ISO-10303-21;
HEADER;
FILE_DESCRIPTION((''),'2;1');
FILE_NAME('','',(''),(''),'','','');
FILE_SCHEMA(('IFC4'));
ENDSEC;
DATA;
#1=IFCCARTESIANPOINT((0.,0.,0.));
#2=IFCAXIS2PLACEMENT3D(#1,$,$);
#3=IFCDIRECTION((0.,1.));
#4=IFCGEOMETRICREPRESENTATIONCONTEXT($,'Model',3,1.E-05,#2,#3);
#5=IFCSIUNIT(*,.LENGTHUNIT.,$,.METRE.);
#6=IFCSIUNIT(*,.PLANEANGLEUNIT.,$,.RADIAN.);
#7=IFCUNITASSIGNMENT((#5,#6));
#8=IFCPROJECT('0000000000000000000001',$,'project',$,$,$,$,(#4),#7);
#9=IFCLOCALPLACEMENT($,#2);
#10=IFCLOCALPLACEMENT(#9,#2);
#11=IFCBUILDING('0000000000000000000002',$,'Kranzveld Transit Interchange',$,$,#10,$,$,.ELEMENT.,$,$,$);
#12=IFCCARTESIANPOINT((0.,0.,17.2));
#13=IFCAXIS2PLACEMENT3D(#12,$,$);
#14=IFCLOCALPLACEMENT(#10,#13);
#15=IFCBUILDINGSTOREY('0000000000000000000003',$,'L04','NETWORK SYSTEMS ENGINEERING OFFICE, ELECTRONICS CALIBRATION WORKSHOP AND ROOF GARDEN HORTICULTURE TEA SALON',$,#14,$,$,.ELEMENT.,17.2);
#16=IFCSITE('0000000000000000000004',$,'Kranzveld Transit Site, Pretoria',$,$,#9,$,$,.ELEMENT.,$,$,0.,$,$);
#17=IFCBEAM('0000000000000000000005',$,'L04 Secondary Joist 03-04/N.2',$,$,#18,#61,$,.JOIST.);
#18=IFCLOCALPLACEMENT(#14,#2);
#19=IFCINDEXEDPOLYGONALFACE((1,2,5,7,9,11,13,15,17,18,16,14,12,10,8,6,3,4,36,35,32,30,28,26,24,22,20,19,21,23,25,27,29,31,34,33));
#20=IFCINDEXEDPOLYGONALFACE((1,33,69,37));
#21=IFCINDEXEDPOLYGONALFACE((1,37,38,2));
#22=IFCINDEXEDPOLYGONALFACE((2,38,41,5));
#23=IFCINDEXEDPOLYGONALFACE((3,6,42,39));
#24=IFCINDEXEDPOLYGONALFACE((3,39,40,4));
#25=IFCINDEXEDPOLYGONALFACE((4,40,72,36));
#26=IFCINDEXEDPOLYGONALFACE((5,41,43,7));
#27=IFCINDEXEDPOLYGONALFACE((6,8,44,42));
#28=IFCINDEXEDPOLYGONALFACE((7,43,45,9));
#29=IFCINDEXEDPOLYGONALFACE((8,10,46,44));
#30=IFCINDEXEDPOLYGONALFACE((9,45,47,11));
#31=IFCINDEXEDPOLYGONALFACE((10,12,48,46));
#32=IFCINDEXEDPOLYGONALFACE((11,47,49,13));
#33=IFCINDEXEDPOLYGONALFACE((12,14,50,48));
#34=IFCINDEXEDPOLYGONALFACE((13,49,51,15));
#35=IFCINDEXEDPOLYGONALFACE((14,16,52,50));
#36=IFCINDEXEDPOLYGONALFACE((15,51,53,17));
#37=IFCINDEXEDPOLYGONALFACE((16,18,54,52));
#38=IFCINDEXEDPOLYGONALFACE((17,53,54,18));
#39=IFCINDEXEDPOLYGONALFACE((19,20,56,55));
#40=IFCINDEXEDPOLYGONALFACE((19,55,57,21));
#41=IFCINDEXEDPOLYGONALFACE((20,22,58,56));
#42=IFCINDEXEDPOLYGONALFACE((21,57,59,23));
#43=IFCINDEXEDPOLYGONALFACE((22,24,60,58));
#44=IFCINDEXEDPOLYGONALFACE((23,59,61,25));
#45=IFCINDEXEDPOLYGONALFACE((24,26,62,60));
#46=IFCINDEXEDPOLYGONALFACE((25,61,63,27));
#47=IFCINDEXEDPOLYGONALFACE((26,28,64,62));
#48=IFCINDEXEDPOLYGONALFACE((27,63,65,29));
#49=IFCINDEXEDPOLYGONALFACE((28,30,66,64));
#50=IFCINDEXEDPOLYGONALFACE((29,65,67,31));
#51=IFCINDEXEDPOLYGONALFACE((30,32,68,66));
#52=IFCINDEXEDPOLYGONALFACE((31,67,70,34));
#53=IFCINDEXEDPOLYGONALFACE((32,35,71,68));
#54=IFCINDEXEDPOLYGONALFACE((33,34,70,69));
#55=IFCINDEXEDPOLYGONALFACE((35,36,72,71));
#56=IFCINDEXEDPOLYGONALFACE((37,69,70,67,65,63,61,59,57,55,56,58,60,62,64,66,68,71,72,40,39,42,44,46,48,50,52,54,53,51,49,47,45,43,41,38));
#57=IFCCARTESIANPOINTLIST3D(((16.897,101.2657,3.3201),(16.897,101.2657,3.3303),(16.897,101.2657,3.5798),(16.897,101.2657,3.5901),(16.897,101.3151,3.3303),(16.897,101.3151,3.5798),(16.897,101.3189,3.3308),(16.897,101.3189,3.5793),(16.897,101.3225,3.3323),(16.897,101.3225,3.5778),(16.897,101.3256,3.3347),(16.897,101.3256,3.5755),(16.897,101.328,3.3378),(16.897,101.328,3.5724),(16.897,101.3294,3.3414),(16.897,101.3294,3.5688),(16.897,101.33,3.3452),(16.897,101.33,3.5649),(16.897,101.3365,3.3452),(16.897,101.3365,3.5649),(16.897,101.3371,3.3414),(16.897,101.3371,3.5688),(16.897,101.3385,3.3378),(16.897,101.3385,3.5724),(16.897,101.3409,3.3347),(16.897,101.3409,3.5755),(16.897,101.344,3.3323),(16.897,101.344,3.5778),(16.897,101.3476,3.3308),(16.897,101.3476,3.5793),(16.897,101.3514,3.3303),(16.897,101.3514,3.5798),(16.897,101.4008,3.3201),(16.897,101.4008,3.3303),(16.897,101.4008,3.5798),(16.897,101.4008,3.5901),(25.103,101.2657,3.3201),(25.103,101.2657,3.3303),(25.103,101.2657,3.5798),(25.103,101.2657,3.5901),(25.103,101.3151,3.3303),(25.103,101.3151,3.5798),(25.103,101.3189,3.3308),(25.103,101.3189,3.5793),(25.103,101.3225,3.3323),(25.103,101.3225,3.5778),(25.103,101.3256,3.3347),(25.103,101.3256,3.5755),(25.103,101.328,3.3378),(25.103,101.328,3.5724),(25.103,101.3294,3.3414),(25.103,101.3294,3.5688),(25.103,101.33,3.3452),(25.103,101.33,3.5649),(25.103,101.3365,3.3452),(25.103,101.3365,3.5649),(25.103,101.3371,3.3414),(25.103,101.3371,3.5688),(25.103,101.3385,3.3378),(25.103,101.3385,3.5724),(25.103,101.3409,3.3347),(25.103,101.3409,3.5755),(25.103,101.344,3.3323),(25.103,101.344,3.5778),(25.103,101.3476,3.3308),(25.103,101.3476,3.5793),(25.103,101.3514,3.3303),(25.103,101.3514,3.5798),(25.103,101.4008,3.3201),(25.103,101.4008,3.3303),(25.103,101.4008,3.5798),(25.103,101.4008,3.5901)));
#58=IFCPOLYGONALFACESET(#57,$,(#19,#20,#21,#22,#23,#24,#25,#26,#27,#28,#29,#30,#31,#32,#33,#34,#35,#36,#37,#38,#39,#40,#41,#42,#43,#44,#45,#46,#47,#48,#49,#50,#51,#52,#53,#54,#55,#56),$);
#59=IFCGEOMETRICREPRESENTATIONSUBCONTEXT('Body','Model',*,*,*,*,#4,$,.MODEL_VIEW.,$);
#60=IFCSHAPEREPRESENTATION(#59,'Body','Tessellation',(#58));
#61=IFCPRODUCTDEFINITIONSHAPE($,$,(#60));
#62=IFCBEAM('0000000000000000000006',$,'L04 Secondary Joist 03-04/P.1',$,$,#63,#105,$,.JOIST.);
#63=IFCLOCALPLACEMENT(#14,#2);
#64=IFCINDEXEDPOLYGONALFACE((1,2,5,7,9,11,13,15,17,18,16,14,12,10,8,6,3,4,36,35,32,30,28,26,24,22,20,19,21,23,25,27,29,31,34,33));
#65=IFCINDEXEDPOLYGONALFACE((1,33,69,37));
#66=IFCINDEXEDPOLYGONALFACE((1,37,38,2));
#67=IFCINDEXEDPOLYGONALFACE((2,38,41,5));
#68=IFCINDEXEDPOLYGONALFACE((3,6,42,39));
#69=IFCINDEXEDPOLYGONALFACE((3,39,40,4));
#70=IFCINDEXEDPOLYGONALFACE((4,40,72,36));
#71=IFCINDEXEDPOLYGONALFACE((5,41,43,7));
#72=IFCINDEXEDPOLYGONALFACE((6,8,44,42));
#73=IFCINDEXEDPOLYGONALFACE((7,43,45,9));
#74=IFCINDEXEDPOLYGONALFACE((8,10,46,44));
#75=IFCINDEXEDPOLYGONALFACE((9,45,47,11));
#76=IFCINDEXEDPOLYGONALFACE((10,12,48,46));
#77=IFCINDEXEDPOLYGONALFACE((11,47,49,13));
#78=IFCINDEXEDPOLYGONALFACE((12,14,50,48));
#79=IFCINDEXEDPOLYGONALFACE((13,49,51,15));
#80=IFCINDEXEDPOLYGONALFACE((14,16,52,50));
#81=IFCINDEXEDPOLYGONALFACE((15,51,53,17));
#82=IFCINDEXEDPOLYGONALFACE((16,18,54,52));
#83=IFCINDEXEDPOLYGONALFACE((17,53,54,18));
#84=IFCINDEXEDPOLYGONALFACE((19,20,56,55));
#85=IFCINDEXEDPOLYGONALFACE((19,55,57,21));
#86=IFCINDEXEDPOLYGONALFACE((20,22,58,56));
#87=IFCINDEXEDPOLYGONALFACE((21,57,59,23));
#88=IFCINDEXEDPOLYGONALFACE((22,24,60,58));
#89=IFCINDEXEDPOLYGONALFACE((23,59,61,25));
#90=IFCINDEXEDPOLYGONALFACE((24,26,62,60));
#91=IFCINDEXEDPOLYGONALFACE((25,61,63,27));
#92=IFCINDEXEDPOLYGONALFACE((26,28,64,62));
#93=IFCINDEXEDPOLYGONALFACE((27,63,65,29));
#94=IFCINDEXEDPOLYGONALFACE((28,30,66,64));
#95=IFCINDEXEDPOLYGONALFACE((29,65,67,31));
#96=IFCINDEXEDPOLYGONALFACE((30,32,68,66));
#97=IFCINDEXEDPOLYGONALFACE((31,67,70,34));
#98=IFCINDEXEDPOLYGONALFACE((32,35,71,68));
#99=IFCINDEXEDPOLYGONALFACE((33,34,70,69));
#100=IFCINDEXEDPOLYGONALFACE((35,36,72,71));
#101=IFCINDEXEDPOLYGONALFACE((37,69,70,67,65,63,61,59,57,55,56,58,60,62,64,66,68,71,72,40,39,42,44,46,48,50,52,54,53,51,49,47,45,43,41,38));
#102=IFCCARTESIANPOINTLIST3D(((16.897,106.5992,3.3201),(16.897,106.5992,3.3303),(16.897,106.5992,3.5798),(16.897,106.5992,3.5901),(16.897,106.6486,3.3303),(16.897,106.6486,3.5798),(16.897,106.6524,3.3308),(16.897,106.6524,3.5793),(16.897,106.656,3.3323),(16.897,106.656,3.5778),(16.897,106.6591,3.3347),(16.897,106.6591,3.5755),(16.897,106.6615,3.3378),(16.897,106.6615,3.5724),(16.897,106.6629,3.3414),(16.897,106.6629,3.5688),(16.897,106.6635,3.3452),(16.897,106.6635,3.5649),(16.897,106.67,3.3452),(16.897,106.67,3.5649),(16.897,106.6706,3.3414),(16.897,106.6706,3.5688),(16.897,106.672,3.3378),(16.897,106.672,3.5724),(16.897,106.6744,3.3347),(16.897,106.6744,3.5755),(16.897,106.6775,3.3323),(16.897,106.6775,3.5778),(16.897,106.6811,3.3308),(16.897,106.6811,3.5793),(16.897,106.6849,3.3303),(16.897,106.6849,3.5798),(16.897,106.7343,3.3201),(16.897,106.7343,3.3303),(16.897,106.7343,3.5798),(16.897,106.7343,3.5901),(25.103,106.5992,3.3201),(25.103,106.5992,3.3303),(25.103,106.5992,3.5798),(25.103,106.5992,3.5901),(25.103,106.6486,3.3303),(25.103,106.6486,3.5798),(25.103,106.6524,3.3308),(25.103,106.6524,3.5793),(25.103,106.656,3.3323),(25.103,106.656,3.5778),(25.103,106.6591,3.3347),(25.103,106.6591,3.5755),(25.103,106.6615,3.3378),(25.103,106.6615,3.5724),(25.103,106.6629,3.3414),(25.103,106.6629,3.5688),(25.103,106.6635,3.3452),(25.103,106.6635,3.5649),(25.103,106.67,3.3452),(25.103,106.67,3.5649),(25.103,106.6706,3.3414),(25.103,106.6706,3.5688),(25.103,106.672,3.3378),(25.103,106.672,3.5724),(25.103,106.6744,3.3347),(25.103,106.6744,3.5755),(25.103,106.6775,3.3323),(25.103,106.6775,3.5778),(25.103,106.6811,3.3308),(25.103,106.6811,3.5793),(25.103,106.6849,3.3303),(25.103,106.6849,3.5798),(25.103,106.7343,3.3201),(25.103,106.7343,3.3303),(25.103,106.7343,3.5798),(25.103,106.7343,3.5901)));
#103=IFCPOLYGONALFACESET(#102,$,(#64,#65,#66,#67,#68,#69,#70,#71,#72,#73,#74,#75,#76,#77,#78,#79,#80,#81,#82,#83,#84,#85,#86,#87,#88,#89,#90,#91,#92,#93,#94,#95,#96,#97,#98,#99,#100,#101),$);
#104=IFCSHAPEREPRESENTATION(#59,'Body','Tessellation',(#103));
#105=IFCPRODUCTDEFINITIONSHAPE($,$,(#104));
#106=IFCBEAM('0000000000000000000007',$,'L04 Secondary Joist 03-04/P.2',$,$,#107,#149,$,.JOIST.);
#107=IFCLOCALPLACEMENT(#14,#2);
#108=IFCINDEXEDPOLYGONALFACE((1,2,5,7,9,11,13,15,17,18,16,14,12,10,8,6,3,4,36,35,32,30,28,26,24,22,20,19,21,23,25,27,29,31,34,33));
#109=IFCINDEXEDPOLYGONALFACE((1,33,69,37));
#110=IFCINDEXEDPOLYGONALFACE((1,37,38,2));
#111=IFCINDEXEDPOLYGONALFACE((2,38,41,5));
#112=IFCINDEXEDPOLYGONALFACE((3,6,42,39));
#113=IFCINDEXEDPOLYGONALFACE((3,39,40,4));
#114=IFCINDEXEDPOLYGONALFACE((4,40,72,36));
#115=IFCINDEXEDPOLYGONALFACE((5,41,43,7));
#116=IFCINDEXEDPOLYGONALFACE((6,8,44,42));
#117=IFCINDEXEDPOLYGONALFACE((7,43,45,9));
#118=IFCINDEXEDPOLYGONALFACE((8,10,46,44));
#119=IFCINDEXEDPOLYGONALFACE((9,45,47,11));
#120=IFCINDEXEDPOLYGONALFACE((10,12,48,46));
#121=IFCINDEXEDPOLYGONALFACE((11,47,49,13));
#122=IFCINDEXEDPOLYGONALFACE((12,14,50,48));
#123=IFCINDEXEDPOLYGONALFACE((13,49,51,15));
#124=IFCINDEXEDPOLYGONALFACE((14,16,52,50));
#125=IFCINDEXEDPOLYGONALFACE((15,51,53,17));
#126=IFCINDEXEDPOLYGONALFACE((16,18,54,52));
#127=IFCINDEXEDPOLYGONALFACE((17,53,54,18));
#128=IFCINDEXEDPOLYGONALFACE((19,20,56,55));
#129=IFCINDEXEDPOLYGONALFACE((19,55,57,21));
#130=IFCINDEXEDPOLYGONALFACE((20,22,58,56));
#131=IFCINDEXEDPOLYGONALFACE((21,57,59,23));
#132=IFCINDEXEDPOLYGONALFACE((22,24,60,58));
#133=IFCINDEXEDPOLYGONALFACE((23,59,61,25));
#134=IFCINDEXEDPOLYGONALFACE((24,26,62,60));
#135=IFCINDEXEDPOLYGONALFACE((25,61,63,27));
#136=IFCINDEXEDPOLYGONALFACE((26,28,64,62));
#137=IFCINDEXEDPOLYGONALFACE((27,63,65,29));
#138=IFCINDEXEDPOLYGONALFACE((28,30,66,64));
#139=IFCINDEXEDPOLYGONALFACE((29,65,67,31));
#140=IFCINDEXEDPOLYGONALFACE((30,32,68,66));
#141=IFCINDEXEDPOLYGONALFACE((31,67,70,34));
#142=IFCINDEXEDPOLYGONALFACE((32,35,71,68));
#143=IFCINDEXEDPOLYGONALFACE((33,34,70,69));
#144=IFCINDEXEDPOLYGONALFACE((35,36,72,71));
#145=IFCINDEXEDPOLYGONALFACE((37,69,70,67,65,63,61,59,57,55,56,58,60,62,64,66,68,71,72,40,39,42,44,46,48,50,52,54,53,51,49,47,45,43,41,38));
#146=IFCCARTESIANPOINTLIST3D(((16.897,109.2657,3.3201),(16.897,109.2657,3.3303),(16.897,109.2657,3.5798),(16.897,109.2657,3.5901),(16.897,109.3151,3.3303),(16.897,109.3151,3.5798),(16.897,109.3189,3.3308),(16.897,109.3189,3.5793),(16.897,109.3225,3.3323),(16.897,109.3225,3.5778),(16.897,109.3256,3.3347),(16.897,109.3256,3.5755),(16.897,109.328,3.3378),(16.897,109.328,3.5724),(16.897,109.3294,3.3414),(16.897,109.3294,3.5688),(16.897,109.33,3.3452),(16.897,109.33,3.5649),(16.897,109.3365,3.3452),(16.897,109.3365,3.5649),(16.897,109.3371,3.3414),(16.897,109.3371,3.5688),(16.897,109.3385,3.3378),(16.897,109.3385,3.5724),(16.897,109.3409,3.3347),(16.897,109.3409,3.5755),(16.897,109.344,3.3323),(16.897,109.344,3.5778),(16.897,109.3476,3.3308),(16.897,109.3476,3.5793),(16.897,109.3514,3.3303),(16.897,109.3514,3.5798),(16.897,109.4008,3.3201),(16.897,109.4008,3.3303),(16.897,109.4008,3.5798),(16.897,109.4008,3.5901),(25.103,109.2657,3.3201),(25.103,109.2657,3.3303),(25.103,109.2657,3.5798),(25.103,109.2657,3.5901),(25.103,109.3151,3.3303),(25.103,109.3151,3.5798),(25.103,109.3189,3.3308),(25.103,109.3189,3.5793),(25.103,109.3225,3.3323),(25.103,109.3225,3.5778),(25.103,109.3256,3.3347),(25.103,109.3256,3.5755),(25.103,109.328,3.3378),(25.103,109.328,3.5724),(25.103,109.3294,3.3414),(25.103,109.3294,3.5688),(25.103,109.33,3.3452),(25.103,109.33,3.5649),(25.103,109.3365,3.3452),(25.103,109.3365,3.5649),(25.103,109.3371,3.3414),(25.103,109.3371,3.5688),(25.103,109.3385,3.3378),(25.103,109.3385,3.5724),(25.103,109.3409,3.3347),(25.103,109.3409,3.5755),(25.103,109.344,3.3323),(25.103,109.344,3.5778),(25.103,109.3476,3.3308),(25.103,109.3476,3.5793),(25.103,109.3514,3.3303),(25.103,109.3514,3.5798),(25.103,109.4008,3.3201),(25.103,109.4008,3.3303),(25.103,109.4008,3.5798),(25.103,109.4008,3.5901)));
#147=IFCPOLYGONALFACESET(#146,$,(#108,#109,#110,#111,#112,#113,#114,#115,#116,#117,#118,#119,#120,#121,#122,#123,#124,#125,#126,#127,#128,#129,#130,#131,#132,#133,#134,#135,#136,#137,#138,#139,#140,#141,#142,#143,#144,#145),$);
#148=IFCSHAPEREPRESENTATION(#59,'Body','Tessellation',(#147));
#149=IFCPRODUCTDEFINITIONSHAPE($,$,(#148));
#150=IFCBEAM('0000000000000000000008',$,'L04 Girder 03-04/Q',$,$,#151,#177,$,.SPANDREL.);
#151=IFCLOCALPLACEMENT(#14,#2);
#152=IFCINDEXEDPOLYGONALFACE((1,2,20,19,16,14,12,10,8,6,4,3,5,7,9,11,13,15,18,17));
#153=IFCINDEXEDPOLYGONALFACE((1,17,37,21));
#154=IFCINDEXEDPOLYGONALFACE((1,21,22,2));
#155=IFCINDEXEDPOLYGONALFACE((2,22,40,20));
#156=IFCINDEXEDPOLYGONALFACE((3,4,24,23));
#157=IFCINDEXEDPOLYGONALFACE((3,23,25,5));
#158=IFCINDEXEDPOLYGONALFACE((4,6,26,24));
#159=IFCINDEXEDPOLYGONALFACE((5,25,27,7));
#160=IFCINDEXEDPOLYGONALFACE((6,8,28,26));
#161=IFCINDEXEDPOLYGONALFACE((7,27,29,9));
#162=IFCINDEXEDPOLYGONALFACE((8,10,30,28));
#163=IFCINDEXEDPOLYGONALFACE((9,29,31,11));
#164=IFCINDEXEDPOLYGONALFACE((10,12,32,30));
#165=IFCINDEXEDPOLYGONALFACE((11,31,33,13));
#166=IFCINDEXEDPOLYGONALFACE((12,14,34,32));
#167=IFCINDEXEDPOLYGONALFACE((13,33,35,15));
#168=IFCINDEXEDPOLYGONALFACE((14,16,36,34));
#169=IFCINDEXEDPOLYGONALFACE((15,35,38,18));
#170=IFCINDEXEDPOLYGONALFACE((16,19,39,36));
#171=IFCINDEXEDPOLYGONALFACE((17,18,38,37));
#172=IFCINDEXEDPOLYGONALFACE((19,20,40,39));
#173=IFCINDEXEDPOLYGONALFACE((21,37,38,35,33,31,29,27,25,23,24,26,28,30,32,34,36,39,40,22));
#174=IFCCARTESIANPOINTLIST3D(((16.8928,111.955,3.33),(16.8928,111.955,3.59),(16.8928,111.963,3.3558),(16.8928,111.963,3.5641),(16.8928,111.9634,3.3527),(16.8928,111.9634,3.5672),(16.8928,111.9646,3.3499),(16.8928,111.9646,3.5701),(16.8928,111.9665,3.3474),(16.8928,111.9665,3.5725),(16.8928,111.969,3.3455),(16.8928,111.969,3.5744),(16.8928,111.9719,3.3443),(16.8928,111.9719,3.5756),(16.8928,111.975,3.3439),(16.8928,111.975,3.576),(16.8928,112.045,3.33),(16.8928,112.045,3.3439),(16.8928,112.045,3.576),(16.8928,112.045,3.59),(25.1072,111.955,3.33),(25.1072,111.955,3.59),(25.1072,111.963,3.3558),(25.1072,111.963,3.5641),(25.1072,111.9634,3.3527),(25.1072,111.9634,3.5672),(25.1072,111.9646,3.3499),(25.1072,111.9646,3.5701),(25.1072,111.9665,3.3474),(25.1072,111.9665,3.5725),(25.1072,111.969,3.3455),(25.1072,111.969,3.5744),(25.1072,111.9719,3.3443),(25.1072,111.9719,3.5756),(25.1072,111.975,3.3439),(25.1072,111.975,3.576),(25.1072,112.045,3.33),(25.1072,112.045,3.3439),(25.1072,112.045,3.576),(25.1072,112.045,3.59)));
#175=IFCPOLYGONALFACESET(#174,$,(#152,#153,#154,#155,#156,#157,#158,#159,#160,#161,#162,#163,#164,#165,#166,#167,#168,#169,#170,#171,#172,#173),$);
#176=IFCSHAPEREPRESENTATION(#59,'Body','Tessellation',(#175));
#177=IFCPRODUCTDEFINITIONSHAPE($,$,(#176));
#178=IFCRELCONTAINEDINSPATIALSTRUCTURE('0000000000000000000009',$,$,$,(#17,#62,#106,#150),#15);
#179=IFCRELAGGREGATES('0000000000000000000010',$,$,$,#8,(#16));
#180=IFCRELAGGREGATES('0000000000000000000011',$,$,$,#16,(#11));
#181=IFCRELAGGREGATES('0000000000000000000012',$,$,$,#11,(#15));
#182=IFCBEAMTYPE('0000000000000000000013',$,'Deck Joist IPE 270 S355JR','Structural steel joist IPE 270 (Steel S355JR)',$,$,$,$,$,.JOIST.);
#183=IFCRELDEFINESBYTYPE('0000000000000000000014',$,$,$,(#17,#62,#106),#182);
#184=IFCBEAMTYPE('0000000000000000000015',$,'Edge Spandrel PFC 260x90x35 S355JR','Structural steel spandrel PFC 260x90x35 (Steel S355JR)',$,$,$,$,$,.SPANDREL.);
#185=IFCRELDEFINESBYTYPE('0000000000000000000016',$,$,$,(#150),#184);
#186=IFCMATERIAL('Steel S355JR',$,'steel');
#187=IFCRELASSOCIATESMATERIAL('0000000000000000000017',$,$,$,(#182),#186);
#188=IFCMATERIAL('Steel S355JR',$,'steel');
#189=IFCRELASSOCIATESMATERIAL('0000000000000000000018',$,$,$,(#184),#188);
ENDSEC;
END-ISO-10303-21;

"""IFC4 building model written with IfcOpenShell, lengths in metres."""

from ifc_helpers import new_model, si_unit, direction, frame, origin, origin_2d, place, context, subcontext, project, spatial, i_section, u_section, extrude, material, material_profile, profile_set, type_object, element, save


model = new_model("IFC4")

# Units and contexts
model_context = context("Model", 3, precision=1e-05, world=origin(), true_north=direction((0.0, 1.0)))
body_context = subcontext(model_context, "Body", "Model", "MODEL_VIEW")
ifc_project = project(units=[si_unit("LENGTHUNIT", "METRE"), si_unit("PLANEANGLEUNIT", "RADIAN")], contexts=[model_context])

# Site, building, storey
site_placement = place(None, origin())
site = spatial("IfcSite", under=ifc_project, at=site_placement, Name="Kranzveld Transit Site, Pretoria", CompositionType="ELEMENT", RefElevation=0.0)
building_placement = place(site_placement, origin())
building = spatial("IfcBuilding", under=site, at=building_placement, Name="Kranzveld Transit Interchange", CompositionType="ELEMENT")
storey_placement = place(building_placement, frame((0.0, 0.0, 17.2)))
storey = spatial("IfcBuildingStorey", under=building, at=storey_placement, Name="L04", Description="NETWORK SYSTEMS ENGINEERING OFFICE, ELECTRONICS CALIBRATION WORKSHOP AND ROOF GARDEN HORTICULTURE TEA SALON", CompositionType="ELEMENT", Elevation=17.2)

# Beams
ifc_material_1 = material(Name="Steel S355JR", Category="steel")
ifc_material_profile_1 = material_profile(ifc_material_1, i_section(OverallWidth=0.135, OverallDepth=0.27, WebThickness=0.0066, FlangeThickness=0.0103, FilletRadius=0.0149, at=origin_2d()), Name="IPE 270")
ifc_profile_set_1 = profile_set([ifc_material_profile_1], Name="Steel S355JR")
beam_type_1 = type_object("IfcBeamType", Name="Deck Joist IPE 270 S355JR", Description="Structural steel joist IPE 270 (Steel S355JR)", PredefinedType="JOIST", material=ifc_profile_set_1)
for number, where, z_axis, x_axis, name in (
    (1, (16.897, 101.3333, 3.4551), (1.0, 0.0, 0.0), (0.0, 1.0, 0.0), "L04 Secondary Joist 03-04/N.2"),
    (2, (16.897, 106.6667, 3.4551), (1.0, 0.0, 0.0), (0.0, 1.0, 0.0), "L04 Secondary Joist 03-04/P.1"),
    (3, (16.897, 109.3333, 3.4551), (1.0, 0.0, 0.0), (0.0, 1.0, 0.0), "L04 Secondary Joist 03-04/P.2"),
):
    element("IfcBeam", number, at=place(storey_placement, frame(where, z_axis=z_axis, x_axis=x_axis)), inside=storey, type_object=beam_type_1, Name=name, PredefinedType="JOIST", context=body_context, shape_type="SweptSolid", body=[
        extrude(i_section(OverallWidth=0.135, OverallDepth=0.27, WebThickness=0.0066, FlangeThickness=0.0103, FilletRadius=0.0149, at=origin_2d()), origin(), (0.0, 0.0, 1.0), 8.2061),
    ])
ifc_material_2 = material(Name="Steel S355JR", Category="steel")
ifc_material_profile_2 = material_profile(ifc_material_2, u_section(Depth=0.26, FlangeWidth=0.0901, WebThickness=0.0081, FlangeThickness=0.0139, FilletRadius=0.012, at=origin_2d()), Name="PFC 260x90x35")
ifc_profile_set_2 = profile_set([ifc_material_profile_2], Name="Steel S355JR")
beam_type_2 = type_object("IfcBeamType", Name="Edge Spandrel PFC 260x90x35 S355JR", Description="Structural steel spandrel PFC 260x90x35 (Steel S355JR)", PredefinedType="SPANDREL", material=ifc_profile_set_2)
beam_1_placement = place(storey_placement, frame((16.8928, 112.0, 3.46), z_axis=(1.0, 0.0, 0.0), x_axis=(0.0, 1.0, 0.0)))
element("IfcBeam", 4, at=beam_1_placement, inside=storey, type_object=beam_type_2, Name="L04 Girder 03-04/Q", PredefinedType="SPANDREL", context=body_context, shape_type="SweptSolid", body=[
    extrude(u_section(Depth=0.26, FlangeWidth=0.0901, WebThickness=0.0081, FlangeThickness=0.0139, FilletRadius=0.012, at=origin_2d()), origin(), (0.0, 0.0, 1.0), 8.2144),
])

save(model, "model.ifc")
